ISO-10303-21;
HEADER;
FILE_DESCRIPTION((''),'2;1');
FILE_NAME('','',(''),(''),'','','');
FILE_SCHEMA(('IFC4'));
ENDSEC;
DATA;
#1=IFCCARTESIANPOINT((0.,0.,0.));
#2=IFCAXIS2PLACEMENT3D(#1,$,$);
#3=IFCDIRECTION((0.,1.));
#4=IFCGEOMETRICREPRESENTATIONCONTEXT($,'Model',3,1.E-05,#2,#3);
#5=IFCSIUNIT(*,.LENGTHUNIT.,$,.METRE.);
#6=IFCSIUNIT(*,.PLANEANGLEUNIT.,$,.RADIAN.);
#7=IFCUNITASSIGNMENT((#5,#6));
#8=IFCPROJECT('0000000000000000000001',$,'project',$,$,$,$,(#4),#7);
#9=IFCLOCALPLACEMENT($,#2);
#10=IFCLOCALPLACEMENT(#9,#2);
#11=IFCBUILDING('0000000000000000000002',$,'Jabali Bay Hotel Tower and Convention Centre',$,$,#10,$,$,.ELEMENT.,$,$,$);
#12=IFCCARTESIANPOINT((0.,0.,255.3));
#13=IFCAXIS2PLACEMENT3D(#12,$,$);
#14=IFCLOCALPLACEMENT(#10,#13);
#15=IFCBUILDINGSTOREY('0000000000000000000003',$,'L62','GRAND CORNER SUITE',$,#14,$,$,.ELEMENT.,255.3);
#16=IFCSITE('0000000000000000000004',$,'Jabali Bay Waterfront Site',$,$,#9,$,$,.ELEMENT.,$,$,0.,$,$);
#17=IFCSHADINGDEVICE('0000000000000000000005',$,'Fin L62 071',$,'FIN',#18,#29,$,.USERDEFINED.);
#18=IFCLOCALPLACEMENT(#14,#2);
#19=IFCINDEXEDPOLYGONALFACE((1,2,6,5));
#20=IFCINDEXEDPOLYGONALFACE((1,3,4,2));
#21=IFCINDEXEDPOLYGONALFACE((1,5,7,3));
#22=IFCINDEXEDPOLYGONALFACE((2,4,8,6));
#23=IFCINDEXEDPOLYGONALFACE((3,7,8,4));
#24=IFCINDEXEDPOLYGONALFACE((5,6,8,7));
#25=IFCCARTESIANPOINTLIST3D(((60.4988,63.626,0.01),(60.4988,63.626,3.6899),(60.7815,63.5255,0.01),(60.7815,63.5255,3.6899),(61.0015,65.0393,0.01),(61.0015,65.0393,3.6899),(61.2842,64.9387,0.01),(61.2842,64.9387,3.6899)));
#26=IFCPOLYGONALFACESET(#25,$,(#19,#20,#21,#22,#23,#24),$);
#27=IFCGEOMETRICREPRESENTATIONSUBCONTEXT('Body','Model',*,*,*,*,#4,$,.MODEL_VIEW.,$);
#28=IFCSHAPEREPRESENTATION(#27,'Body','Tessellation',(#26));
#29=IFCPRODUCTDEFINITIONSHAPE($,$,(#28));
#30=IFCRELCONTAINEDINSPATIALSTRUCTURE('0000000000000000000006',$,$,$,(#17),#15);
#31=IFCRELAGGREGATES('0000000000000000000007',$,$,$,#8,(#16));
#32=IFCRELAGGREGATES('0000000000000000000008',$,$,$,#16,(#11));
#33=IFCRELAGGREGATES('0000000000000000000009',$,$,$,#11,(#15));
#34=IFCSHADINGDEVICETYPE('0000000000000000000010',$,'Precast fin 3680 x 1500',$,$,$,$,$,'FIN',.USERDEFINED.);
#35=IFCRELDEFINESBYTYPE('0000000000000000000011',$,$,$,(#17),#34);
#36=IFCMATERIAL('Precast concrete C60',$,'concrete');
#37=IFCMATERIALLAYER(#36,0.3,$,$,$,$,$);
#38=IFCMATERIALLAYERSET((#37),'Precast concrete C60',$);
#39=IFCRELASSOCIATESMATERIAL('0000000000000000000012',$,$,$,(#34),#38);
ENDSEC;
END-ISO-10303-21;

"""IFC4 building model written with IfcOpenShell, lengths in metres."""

from ifc_helpers import new_model, si_unit, direction, frame, frame_2d, origin, place, context, subcontext, project, spatial, rectangle, extrude, material, layer, layer_set, type_object, element, save


model = new_model("IFC4")

# Units and contexts
model_context = context("Model", 3, precision=1e-05, world=origin(), true_north=direction((0.0, 1.0)))
body_context = subcontext(model_context, "Body", "Model", "MODEL_VIEW")
ifc_project = project(units=[si_unit("LENGTHUNIT", "METRE"), si_unit("PLANEANGLEUNIT", "RADIAN")], contexts=[model_context])

# Site, building, storey
site_placement = place(None, origin())
site = spatial("IfcSite", under=ifc_project, at=site_placement, Name="Jabali Bay Waterfront Site", CompositionType="ELEMENT", RefElevation=0.0)
building_placement = place(site_placement, origin())
building = spatial("IfcBuilding", under=site, at=building_placement, Name="Jabali Bay Hotel Tower and Convention Centre", CompositionType="ELEMENT")
storey_placement = place(building_placement, frame((0.0, 0.0, 255.3)))
storey = spatial("IfcBuildingStorey", under=building, at=storey_placement, Name="L62", Description="GRAND CORNER SUITE", CompositionType="ELEMENT", Elevation=255.3)

# Shading device
ifc_material_1 = material(Name="Precast concrete C60", Category="concrete")
ifc_layer_1 = layer(ifc_material_1, 0.3)
ifc_layer_set_1 = layer_set([ifc_layer_1], Name="Precast concrete C60")
shading_device_type = type_object("IfcShadingDeviceType", Name="Precast fin 3680 x 1500", ElementType="FIN", PredefinedType="USERDEFINED", material=ifc_layer_set_1)
shading_device_placement = place(storey_placement, frame((61.1428, 64.989, 0.01), z_axis=(0.0, 0.0, 1.0), x_axis=(-0.335109, -0.942179, 0.0)))
element("IfcShadingDevice", 1, at=shading_device_placement, inside=storey, type_object=shading_device_type, Name="Fin L62 071", ObjectType="FIN", PredefinedType="USERDEFINED", context=body_context, shape_type="SweptSolid", body=[
    extrude(rectangle(XDim=1.5, YDim=0.3, at=frame_2d((0.75, 0.0))), origin(), (0.0, 0.0, 1.0), 3.6799),
])

save(model, "model.ifc")
